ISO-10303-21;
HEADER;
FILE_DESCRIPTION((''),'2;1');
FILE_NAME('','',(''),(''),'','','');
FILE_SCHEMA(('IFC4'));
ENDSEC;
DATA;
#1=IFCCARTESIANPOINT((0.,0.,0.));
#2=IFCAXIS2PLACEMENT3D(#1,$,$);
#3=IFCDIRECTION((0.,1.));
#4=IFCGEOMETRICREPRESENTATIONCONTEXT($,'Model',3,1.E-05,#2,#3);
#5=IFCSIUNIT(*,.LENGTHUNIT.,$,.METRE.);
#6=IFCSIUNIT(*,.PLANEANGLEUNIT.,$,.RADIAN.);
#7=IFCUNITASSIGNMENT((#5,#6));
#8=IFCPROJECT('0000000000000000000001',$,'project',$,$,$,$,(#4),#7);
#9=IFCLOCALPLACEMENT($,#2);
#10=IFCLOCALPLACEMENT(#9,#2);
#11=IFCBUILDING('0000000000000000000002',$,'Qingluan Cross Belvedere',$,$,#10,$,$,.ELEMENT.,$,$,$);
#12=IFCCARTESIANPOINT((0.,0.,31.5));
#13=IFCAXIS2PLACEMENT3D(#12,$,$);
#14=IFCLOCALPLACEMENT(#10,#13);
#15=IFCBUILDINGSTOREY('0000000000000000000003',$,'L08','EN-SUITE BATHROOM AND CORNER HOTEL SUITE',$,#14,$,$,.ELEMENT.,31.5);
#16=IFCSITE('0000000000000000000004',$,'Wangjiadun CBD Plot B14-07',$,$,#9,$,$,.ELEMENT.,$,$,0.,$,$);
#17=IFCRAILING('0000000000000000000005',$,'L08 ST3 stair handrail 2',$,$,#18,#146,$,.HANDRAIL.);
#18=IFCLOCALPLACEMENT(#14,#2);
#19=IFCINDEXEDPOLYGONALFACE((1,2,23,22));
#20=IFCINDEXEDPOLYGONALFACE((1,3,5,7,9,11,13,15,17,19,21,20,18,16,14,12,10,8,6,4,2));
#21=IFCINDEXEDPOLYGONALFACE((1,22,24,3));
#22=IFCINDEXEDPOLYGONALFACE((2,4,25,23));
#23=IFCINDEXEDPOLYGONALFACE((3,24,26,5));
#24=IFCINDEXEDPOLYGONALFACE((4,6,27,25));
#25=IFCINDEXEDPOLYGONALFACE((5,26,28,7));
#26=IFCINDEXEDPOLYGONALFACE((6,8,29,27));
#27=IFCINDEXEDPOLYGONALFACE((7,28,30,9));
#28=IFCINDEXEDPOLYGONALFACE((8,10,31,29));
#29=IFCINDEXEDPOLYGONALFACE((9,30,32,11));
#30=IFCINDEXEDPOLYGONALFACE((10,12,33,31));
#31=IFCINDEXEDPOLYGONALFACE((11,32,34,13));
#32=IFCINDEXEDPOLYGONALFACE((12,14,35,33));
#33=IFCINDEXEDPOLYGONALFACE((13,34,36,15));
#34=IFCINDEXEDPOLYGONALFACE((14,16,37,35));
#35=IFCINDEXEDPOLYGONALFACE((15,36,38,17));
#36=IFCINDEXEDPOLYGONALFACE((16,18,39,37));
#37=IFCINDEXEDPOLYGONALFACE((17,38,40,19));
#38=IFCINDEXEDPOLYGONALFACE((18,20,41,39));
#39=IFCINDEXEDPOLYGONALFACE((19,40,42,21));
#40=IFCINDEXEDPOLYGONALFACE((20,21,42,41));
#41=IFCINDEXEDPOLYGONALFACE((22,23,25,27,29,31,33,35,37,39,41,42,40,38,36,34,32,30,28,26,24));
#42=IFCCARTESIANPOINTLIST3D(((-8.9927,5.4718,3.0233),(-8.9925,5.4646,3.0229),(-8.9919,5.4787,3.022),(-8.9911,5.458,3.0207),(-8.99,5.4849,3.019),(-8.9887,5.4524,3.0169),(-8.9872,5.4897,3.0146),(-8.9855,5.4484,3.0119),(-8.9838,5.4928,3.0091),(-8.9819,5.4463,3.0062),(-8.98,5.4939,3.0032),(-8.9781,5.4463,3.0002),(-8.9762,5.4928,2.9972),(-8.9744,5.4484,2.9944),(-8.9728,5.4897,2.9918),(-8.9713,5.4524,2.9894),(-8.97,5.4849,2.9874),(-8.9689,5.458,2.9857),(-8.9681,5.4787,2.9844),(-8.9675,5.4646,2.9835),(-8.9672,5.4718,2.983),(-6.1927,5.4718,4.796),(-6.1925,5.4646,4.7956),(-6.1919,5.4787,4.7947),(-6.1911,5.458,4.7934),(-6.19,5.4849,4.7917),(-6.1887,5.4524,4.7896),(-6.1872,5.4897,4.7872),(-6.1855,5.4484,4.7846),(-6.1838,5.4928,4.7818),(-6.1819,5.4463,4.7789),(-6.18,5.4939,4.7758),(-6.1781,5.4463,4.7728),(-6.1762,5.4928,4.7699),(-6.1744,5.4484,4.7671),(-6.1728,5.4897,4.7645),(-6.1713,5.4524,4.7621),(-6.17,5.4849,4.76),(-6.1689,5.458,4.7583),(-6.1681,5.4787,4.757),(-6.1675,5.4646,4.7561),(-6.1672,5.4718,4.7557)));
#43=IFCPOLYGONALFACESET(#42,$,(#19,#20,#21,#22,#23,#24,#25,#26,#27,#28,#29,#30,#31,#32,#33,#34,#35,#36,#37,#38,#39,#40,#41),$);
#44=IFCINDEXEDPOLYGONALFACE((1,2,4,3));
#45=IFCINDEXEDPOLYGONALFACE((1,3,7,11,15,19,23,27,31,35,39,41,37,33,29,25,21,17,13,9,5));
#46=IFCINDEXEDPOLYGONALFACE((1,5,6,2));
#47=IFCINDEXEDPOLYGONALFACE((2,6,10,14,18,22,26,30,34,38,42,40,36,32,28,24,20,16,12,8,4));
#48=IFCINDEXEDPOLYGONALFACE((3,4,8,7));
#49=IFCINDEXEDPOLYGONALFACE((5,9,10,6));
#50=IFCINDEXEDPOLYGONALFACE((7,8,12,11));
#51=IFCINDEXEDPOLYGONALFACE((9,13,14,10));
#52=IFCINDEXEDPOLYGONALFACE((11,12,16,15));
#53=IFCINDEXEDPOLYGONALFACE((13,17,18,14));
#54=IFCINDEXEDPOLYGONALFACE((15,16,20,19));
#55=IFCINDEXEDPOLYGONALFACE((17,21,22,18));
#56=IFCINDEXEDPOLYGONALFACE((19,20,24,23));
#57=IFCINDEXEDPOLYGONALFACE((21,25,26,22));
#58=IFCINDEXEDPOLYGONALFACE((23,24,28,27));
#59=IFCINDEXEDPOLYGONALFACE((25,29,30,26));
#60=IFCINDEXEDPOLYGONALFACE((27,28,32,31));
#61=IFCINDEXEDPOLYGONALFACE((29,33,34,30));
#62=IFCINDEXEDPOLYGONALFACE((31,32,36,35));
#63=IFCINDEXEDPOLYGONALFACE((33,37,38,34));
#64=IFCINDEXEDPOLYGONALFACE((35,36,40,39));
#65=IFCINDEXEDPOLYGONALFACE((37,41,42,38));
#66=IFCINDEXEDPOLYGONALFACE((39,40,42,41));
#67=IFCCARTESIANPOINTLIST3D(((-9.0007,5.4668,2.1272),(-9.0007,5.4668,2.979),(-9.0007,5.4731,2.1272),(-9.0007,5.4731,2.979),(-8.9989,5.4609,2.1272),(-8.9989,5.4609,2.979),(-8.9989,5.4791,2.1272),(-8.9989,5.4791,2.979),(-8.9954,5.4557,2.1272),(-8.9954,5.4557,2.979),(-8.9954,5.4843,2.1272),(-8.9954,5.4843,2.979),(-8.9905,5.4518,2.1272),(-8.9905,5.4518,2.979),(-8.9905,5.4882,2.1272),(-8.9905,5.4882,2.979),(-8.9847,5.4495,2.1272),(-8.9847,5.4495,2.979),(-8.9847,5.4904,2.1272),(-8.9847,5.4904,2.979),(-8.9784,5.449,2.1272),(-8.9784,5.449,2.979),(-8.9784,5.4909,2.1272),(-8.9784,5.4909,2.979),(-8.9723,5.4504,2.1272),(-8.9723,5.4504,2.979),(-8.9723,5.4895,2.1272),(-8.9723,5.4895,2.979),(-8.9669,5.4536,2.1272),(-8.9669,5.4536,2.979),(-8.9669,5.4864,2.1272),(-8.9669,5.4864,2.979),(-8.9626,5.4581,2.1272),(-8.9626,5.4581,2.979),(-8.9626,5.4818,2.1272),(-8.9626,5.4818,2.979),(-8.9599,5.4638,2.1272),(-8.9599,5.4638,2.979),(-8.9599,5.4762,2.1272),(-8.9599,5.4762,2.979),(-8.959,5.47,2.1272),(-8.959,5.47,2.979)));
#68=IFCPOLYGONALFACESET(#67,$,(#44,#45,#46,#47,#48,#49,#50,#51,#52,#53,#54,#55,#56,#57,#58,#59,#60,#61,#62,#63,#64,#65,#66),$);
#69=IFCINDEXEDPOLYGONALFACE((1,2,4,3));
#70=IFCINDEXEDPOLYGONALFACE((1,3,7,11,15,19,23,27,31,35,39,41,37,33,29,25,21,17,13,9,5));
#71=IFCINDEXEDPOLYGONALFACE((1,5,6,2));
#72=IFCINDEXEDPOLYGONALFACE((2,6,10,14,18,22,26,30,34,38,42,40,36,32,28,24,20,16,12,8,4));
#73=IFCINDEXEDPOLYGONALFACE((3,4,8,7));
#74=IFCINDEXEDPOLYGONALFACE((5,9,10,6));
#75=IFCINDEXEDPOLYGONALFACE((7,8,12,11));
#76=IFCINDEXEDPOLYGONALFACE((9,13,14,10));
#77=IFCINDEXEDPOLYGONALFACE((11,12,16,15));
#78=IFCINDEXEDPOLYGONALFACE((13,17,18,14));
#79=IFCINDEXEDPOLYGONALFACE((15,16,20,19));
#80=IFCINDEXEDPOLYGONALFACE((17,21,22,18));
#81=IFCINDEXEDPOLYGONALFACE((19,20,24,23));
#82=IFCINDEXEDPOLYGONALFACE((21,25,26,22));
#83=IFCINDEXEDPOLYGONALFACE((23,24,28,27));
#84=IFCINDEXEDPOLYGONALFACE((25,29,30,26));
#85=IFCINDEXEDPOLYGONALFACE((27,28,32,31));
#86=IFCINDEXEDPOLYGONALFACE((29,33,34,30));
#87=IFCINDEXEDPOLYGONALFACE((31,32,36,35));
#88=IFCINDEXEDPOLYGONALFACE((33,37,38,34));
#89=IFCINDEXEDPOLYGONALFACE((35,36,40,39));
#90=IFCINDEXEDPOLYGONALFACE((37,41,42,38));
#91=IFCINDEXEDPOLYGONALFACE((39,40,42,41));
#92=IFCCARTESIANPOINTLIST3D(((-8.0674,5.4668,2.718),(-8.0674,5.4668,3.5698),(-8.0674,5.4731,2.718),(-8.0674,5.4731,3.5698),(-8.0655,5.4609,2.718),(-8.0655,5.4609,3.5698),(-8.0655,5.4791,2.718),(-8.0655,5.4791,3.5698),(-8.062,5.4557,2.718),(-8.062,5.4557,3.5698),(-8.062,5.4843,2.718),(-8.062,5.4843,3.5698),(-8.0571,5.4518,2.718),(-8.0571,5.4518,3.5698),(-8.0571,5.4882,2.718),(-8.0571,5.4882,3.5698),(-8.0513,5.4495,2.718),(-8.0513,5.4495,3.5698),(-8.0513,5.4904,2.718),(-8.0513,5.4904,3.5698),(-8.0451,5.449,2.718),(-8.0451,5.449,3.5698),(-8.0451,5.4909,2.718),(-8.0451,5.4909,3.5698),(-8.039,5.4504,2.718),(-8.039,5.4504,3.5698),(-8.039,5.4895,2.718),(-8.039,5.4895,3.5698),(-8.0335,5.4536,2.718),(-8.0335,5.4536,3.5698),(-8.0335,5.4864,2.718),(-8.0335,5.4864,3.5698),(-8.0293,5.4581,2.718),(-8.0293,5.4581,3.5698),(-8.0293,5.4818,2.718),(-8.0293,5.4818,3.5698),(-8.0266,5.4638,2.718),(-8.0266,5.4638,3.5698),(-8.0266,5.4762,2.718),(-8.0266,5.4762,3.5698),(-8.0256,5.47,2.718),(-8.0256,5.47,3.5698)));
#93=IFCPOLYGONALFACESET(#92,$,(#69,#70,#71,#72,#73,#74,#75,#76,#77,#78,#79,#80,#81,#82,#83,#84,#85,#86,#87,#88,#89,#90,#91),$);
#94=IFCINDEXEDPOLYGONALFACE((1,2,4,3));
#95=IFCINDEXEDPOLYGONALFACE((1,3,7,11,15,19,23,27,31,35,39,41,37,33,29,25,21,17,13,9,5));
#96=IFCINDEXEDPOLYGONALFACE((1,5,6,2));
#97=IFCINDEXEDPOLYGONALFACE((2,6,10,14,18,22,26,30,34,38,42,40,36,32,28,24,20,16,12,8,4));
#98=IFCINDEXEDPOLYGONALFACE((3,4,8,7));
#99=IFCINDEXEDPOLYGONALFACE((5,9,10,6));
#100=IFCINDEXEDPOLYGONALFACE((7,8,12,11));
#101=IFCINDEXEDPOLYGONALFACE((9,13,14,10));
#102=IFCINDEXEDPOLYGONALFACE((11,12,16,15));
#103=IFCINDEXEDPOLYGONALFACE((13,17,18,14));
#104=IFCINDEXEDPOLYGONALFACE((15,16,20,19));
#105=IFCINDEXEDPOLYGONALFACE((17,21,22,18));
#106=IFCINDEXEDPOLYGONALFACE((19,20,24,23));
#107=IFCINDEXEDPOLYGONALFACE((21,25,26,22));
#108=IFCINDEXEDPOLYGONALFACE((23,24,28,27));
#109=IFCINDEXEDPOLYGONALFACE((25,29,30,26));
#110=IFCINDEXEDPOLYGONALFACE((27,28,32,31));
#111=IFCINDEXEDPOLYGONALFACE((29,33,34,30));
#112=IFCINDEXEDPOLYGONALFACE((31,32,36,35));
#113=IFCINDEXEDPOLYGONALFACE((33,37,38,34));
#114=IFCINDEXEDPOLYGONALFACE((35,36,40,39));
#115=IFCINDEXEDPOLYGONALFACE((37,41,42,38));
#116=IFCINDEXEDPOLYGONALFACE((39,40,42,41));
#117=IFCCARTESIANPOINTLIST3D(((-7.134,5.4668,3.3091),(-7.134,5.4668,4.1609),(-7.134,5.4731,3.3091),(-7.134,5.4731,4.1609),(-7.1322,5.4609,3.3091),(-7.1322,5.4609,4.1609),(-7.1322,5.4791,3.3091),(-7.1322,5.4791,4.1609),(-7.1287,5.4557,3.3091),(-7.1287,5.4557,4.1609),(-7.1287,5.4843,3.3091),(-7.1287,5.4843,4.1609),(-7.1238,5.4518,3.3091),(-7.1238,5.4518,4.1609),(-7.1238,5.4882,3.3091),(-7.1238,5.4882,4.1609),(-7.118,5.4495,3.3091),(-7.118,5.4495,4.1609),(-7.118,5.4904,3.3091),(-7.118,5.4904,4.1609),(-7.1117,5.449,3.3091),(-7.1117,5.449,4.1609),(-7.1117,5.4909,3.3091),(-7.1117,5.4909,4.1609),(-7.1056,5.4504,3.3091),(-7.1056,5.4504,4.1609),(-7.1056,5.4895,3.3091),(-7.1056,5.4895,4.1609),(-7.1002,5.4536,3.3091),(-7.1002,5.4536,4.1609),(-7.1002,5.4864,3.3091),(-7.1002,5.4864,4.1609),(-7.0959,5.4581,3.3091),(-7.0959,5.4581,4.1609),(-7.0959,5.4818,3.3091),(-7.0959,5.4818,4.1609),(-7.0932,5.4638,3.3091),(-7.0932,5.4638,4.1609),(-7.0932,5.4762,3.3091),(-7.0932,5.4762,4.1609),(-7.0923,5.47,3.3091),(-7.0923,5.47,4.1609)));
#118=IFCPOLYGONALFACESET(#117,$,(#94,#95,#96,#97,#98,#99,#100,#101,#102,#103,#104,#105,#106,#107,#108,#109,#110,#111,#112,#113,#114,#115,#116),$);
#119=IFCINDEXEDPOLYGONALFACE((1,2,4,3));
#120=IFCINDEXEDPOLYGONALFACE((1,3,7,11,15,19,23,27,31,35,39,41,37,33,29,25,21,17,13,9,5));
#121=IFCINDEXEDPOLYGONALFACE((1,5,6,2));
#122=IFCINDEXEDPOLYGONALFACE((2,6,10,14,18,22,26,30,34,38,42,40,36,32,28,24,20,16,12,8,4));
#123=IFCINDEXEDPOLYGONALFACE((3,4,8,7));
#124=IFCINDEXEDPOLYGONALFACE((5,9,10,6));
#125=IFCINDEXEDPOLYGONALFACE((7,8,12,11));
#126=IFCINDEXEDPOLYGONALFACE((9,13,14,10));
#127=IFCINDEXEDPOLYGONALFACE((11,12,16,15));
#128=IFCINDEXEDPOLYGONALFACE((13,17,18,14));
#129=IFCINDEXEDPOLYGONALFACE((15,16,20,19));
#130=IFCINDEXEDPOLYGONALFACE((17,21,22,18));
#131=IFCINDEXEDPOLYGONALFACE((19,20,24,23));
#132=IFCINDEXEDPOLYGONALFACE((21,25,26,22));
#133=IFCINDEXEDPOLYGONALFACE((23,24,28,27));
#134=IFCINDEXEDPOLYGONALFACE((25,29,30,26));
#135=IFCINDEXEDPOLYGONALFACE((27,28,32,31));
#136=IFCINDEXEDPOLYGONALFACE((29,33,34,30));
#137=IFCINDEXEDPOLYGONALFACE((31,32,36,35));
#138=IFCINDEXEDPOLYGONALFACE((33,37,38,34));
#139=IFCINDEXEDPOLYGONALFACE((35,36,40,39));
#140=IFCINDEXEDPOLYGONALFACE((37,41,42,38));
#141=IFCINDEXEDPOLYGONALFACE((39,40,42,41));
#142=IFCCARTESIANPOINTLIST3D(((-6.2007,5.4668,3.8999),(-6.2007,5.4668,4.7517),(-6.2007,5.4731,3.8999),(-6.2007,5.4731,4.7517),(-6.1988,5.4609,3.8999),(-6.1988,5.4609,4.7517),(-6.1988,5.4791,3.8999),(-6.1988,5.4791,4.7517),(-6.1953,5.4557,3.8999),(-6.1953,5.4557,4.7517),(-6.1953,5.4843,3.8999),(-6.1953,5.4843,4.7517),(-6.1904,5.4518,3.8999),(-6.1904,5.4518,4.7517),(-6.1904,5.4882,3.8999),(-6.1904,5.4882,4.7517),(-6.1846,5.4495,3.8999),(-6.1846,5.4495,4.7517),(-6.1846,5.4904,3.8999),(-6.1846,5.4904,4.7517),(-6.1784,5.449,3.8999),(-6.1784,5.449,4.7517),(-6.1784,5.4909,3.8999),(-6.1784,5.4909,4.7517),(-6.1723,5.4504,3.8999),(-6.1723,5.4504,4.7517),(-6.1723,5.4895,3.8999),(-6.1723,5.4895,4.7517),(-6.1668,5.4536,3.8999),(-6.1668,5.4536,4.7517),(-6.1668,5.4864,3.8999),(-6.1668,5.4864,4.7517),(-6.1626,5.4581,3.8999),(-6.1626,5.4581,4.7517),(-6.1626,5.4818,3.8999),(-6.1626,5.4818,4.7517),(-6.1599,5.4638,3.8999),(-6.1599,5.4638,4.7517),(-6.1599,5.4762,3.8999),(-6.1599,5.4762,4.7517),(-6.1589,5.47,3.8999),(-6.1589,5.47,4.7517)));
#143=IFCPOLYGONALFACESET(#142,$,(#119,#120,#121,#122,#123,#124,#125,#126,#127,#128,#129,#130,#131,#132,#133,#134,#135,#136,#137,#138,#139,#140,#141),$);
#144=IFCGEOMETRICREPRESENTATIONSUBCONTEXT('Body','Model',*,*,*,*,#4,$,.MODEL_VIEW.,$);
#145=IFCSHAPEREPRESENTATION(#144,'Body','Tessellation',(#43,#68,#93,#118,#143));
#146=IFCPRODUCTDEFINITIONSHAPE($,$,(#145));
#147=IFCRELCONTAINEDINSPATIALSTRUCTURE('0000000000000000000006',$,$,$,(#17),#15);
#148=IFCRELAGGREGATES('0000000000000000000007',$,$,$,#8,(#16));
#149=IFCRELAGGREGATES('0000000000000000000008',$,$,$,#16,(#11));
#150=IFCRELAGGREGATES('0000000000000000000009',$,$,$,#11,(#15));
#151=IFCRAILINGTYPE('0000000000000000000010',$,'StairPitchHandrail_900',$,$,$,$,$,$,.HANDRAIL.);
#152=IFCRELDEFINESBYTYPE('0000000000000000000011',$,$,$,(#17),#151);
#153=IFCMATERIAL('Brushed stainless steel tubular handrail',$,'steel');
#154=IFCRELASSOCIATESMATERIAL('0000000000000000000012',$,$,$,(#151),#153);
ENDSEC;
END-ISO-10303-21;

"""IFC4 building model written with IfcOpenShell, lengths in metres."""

from ifc_helpers import new_model, si_unit, direction, frame, origin, origin_2d, place, context, subcontext, project, spatial, circle, extrude, material, type_object, element, save


model = new_model("IFC4")

# Units and contexts
model_context = context("Model", 3, precision=1e-05, world=origin(), true_north=direction((0.0, 1.0)))
body_context = subcontext(model_context, "Body", "Model", "MODEL_VIEW")
ifc_project = project(units=[si_unit("LENGTHUNIT", "METRE"), si_unit("PLANEANGLEUNIT", "RADIAN")], contexts=[model_context])

# Site, building, storey
site_placement = place(None, origin())
site = spatial("IfcSite", under=ifc_project, at=site_placement, Name="Wangjiadun CBD Plot B14-07", CompositionType="ELEMENT", RefElevation=0.0)
building_placement = place(site_placement, origin())
building = spatial("IfcBuilding", under=site, at=building_placement, Name="Qingluan Cross Belvedere", CompositionType="ELEMENT")
storey_placement = place(building_placement, frame((0.0, 0.0, 31.5)))
storey = spatial("IfcBuildingStorey", under=building, at=storey_placement, Name="L08", Description="EN-SUITE BATHROOM AND CORNER HOTEL SUITE", CompositionType="ELEMENT", Elevation=31.5)

# Railing
ifc_material_1 = material(Name="Brushed stainless steel tubular handrail", Category="steel")
railing_type_1 = type_object("IfcRailingType", Name="StairPitchHandrail_900", PredefinedType="HANDRAIL", material=ifc_material_1)
railing_1_placement = place(storey_placement, frame((-8.98, 5.47, 2.1272)))
element("IfcRailing", 1, at=railing_1_placement, inside=storey, type_object=railing_type_1, Name="L08 ST3 stair handrail 2", PredefinedType="HANDRAIL", context=body_context, shape_type="SweptSolid", body=[
    extrude(circle(Radius=0.0239, at=origin_2d()), frame((0.0, 0.0, 0.876), z_axis=(0.844909, 0.0, 0.53491), x_axis=(0.0, 1.0, 0.0)), (0.0, 0.0, 1.0), 3.314),
    extrude(circle(Radius=0.021, at=origin_2d()), origin(), (0.0, 0.0, 1.0), 0.8518),
    extrude(circle(Radius=0.021, at=origin_2d()), frame((0.9333, 0.0, 0.5908)), (0.0, 0.0, 1.0), 0.8518),
    extrude(circle(Radius=0.021, at=origin_2d()), frame((1.8667, 0.0, 1.1819)), (0.0, 0.0, 1.0), 0.8518),
    extrude(circle(Radius=0.021, at=origin_2d()), frame((2.8, 0.0, 1.7727)), (0.0, 0.0, 1.0), 0.8518),
])

save(model, "model.ifc")
